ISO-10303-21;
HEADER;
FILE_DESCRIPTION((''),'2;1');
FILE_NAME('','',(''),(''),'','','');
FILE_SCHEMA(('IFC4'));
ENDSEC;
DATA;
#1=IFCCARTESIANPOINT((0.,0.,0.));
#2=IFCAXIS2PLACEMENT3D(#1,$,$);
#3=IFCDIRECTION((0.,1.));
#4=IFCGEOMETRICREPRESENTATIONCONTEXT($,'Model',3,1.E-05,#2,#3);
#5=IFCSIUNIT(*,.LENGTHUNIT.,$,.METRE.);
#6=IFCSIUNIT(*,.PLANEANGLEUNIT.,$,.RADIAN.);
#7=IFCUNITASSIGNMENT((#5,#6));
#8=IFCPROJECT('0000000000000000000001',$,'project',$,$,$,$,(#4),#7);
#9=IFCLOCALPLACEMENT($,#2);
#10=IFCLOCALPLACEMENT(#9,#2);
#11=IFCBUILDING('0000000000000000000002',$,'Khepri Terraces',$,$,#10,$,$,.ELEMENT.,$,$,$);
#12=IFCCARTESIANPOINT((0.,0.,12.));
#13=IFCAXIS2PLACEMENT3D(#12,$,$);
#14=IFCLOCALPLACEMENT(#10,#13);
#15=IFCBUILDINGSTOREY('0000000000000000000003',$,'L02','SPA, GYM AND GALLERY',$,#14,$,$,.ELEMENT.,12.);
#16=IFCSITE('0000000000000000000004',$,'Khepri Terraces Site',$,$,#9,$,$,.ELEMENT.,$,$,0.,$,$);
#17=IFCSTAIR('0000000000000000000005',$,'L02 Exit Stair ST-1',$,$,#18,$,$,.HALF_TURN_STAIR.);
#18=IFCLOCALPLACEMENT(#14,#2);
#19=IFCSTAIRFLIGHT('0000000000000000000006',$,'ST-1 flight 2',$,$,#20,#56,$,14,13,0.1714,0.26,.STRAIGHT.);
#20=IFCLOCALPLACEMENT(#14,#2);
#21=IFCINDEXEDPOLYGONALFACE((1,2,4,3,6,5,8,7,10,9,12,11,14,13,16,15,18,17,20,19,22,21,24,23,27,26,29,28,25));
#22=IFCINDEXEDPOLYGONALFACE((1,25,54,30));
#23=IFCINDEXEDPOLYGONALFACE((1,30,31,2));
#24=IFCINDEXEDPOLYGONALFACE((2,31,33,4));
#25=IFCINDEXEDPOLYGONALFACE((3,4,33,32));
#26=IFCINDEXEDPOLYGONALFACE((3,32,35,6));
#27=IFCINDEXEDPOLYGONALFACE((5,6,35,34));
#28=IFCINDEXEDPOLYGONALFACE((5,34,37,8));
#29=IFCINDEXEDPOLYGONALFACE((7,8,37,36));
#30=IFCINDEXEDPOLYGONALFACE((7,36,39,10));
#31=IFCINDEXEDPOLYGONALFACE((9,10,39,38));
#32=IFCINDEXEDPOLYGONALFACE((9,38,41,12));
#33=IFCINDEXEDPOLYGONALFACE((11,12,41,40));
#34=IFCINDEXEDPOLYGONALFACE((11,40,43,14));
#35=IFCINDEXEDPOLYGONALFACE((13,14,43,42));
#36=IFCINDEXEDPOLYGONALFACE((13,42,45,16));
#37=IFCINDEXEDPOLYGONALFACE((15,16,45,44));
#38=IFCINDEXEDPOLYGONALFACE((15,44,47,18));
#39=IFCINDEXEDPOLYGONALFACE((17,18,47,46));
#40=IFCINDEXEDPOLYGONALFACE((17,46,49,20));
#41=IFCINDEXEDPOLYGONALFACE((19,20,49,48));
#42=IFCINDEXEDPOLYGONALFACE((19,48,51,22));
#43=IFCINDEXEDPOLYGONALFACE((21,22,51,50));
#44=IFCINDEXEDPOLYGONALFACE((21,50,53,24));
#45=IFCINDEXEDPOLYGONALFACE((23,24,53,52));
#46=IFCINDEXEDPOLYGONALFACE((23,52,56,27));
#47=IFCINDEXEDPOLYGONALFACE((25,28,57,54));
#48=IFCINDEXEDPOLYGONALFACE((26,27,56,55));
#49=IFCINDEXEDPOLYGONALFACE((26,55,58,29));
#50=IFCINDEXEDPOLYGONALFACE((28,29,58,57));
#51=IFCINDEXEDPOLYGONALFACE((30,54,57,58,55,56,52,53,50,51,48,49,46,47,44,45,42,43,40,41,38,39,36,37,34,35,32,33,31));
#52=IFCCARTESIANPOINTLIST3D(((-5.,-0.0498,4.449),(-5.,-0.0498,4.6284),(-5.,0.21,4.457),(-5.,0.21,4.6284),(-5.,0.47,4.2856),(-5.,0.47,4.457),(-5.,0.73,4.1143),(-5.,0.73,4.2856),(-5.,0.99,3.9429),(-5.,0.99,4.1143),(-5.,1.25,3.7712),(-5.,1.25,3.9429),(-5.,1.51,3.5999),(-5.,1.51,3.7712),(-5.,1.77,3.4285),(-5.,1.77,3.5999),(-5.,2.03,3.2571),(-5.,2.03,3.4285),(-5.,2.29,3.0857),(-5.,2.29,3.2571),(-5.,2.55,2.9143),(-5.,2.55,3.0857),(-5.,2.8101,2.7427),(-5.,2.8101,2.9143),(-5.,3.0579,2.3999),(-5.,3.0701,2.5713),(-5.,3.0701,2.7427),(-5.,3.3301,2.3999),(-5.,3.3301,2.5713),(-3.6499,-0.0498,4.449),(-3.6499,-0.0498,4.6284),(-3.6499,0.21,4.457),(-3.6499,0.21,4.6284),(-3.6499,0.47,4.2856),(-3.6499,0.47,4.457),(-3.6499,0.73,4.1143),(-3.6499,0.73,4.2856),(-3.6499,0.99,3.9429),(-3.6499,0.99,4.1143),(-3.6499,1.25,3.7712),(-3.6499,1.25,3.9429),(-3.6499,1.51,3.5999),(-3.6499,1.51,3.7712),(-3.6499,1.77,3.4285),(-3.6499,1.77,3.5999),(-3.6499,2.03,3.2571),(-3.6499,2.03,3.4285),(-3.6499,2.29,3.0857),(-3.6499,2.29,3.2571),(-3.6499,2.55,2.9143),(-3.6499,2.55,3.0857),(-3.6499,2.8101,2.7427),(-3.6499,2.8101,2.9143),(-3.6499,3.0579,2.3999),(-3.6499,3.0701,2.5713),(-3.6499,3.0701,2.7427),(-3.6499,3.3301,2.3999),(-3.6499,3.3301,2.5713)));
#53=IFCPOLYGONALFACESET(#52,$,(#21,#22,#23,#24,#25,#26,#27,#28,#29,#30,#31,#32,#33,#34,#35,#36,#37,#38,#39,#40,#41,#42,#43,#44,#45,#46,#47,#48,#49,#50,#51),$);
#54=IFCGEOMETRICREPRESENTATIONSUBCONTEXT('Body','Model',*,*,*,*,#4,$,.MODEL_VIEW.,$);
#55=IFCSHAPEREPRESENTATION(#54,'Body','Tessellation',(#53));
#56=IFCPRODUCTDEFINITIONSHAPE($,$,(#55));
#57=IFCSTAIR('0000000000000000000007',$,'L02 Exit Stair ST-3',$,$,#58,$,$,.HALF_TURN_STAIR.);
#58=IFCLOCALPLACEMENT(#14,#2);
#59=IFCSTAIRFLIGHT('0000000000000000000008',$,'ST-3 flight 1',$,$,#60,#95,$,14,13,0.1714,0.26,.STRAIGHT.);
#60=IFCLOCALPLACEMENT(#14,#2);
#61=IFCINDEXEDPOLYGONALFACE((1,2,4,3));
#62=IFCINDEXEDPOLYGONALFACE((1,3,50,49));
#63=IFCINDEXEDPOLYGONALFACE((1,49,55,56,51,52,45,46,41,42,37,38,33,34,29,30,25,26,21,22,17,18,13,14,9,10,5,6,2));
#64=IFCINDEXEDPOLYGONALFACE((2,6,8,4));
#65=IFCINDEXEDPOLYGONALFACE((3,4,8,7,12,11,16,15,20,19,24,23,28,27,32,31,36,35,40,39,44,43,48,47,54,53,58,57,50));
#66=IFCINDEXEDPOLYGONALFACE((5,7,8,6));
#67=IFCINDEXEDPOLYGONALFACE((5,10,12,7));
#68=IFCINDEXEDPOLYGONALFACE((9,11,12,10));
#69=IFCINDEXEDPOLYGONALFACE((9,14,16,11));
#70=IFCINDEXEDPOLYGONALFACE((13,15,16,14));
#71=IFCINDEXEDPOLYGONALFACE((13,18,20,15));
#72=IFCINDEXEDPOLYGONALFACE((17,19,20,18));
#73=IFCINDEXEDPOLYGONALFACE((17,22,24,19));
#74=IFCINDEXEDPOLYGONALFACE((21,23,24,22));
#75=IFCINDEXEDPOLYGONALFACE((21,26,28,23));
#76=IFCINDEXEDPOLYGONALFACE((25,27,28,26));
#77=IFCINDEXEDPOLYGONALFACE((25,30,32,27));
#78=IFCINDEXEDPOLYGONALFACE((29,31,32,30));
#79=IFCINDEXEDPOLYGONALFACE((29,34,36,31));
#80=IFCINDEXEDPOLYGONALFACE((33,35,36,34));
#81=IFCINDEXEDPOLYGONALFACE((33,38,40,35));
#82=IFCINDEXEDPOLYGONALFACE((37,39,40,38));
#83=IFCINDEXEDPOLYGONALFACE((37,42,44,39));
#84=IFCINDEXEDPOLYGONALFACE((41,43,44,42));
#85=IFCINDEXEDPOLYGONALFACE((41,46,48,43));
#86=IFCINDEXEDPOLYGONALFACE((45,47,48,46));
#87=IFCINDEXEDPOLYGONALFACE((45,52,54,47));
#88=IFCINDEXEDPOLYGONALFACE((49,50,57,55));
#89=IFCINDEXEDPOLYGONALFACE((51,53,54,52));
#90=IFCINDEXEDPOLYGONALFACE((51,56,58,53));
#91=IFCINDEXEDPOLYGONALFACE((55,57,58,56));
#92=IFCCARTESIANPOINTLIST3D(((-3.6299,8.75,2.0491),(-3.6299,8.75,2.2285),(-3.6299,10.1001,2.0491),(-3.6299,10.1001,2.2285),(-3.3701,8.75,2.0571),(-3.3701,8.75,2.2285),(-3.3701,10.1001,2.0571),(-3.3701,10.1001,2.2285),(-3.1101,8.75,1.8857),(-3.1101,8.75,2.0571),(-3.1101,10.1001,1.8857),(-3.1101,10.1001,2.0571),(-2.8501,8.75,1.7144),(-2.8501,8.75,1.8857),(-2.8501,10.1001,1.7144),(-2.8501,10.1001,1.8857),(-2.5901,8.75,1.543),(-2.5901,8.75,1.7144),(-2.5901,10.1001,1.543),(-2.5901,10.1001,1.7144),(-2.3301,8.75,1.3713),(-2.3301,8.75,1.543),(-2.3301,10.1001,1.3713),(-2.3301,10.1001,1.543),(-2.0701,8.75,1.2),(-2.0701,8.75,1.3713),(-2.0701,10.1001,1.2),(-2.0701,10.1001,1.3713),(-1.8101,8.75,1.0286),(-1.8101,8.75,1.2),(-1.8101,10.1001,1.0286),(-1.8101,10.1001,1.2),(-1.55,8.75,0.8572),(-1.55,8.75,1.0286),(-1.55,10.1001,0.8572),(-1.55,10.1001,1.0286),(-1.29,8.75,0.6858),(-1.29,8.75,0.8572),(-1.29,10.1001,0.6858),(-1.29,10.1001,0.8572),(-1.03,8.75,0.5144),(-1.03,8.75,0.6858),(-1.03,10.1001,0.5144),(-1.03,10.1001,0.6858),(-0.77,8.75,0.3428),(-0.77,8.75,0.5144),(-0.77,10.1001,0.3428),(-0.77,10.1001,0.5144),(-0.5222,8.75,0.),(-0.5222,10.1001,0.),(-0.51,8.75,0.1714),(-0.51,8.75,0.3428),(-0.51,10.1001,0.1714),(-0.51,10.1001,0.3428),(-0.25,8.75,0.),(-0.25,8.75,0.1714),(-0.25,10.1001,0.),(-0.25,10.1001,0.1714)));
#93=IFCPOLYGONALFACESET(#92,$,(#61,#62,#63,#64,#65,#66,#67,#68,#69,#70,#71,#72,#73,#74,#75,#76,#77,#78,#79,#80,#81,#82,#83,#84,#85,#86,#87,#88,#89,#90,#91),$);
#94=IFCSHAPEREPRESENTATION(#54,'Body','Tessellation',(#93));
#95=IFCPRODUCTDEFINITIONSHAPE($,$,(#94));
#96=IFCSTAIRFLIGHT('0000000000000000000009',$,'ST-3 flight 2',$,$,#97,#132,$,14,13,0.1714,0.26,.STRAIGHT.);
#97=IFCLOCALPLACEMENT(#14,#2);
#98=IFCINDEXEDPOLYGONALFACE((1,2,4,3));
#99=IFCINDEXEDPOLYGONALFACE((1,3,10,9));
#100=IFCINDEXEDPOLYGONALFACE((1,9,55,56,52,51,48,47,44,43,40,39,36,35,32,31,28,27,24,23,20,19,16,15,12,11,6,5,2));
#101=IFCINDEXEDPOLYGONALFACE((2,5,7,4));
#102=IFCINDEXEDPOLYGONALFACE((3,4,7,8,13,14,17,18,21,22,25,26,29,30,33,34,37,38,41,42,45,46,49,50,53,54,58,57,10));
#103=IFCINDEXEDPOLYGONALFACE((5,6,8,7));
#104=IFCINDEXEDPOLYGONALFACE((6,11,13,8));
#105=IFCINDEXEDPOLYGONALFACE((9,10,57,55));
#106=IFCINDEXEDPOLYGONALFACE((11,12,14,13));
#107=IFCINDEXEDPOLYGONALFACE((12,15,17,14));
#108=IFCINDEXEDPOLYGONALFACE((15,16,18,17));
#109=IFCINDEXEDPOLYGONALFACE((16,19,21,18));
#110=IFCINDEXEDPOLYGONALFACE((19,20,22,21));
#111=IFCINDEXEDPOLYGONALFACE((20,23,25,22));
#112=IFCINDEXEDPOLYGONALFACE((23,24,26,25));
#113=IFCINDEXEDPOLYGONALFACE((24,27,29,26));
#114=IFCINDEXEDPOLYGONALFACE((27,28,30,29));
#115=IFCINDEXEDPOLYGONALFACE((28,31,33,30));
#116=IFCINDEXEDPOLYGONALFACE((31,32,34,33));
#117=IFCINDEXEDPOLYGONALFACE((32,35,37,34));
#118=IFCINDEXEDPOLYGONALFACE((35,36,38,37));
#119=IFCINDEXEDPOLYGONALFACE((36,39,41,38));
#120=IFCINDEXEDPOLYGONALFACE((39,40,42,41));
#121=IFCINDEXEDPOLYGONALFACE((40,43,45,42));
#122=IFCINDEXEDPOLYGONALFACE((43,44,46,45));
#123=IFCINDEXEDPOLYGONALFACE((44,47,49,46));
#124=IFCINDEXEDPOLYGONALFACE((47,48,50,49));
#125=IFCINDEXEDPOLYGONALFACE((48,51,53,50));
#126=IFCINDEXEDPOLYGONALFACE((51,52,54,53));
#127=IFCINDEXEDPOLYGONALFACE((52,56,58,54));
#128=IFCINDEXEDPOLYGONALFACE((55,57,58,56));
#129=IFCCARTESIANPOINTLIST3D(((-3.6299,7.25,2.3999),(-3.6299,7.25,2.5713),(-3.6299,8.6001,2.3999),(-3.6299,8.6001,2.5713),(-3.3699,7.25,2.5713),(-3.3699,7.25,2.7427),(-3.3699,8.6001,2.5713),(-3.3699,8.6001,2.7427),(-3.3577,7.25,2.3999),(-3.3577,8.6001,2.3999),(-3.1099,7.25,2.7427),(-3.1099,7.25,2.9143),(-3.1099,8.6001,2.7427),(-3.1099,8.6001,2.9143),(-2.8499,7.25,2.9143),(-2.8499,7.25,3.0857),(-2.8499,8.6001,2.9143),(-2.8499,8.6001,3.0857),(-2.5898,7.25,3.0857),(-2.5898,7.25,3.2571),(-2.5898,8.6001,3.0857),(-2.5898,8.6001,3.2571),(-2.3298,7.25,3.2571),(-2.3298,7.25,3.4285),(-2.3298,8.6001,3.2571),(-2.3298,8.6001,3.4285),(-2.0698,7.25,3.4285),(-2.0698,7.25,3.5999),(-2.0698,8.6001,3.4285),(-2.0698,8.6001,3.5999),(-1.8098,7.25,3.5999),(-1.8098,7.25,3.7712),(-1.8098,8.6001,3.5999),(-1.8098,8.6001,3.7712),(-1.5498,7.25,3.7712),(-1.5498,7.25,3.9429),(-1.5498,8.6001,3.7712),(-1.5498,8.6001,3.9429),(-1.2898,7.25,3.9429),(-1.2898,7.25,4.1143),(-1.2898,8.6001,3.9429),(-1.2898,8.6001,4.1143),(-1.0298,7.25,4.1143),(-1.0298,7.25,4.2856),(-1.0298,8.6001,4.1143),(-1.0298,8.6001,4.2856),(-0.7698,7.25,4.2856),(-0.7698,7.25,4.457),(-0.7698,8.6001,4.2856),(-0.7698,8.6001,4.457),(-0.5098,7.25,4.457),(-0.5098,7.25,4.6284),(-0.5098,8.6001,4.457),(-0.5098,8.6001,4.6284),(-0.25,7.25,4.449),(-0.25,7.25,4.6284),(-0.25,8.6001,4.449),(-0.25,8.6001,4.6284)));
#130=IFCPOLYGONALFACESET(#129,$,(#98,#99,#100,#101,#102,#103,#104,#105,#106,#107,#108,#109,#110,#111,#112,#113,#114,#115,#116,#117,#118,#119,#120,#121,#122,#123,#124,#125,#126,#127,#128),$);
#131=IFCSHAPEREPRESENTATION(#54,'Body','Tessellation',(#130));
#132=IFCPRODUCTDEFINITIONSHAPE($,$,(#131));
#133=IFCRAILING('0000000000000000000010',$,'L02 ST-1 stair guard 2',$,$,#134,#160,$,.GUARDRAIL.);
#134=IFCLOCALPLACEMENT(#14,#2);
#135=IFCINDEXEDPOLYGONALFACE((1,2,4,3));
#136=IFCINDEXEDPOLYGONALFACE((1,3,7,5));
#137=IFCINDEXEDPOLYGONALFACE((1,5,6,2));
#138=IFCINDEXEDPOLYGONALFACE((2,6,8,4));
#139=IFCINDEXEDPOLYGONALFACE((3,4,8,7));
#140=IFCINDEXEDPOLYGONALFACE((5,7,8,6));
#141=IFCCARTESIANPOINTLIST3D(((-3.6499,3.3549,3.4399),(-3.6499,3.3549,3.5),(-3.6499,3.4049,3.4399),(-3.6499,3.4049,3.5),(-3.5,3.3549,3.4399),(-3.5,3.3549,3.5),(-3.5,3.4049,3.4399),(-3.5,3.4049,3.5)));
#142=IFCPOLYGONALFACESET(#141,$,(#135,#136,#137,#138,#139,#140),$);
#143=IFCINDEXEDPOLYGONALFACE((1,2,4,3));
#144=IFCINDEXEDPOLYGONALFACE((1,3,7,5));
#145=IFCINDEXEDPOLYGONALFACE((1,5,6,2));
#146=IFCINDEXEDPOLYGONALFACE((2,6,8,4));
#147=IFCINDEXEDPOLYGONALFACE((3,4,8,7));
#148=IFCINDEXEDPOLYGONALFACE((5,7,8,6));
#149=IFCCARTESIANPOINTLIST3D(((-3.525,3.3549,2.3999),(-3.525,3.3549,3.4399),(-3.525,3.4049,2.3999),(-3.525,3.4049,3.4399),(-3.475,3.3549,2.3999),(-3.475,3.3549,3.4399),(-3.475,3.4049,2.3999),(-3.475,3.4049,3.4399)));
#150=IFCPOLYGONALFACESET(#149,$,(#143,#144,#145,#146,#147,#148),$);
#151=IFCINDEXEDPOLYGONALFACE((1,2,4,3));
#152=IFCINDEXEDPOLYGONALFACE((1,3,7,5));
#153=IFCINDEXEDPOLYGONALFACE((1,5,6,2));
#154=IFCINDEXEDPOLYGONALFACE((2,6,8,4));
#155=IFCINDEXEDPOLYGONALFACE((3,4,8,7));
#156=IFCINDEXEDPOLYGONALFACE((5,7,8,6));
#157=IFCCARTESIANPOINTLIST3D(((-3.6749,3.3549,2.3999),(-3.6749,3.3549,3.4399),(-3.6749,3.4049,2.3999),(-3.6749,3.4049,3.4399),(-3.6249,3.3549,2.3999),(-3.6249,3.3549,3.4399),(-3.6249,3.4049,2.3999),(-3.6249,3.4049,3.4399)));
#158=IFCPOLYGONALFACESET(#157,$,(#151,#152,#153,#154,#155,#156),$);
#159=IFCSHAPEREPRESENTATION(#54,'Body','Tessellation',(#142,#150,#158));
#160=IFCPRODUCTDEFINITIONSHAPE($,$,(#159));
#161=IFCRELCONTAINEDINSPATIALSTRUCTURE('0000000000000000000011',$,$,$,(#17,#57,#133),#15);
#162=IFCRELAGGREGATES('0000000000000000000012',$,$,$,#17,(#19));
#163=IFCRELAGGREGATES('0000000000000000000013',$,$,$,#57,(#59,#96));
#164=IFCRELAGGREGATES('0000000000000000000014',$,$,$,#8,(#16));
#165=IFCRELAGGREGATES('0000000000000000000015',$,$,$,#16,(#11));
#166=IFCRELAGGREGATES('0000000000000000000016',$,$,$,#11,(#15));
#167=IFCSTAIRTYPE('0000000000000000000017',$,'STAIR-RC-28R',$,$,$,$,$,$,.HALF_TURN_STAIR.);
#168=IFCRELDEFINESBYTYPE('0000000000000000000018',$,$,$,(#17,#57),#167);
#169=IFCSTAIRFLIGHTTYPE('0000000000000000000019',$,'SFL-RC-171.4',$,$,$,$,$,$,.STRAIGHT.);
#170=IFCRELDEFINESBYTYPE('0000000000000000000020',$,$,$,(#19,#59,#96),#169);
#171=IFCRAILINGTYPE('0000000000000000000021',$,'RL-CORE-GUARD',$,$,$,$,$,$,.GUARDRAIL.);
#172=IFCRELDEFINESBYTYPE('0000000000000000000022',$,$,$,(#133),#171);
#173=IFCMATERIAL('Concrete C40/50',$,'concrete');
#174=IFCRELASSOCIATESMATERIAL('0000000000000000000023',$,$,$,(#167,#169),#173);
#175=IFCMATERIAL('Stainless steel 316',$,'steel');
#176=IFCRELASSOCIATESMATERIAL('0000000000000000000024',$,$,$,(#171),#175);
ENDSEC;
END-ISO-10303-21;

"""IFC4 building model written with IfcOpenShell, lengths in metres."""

from ifc_helpers import new_model, si_unit, direction, frame, origin, origin_2d, place, context, subcontext, project, spatial, polyline, rectangle, outline, extrude, material, type_object, element, aggregate, save


model = new_model("IFC4")

# Units and contexts
model_context = context("Model", 3, precision=1e-05, world=origin(), true_north=direction((0.0, 1.0)))
body_context = subcontext(model_context, "Body", "Model", "MODEL_VIEW")
ifc_project = project(units=[si_unit("LENGTHUNIT", "METRE"), si_unit("PLANEANGLEUNIT", "RADIAN")], contexts=[model_context])

# Site, building, storey
site_placement = place(None, origin())
site = spatial("IfcSite", under=ifc_project, at=site_placement, Name="Khepri Terraces Site", CompositionType="ELEMENT", RefElevation=0.0)
building_placement = place(site_placement, origin())
building = spatial("IfcBuilding", under=site, at=building_placement, Name="Khepri Terraces", CompositionType="ELEMENT")
storey_placement = place(building_placement, frame((0.0, 0.0, 12.0)))
storey = spatial("IfcBuildingStorey", under=building, at=storey_placement, Name="L02", Description="SPA, GYM AND GALLERY", CompositionType="ELEMENT", Elevation=12.0)

# Stair, stair flight
ifc_material_1 = material(Name="Concrete C40/50", Category="concrete")
stair_type = type_object("IfcStairType", Name="STAIR-RC-28R", PredefinedType="HALF_TURN_STAIR", material=ifc_material_1)
stair_1_placement = place(storey_placement, origin())
stair_1 = element("IfcStair", 1, at=stair_1_placement, inside=storey, type_object=stair_type, Name="L02 Exit Stair ST-1", PredefinedType="HALF_TURN_STAIR")
stair_flight_type = type_object("IfcStairFlightType", Name="SFL-RC-171.4", PredefinedType="STRAIGHT", material=ifc_material_1)
stair_flight_1_placement = place(storey_placement, frame((-4.325, 3.3301, 2.3999), z_axis=(0.0, 0.0, 1.0), x_axis=(0.0, -1.0, 0.0)))
stair_flight_1 = element("IfcStairFlight", 2, at=stair_flight_1_placement, type_object=stair_flight_type, Name="ST-1 flight 2", NumberOfRisers=14, NumberOfTreads=13, PredefinedType="STRAIGHT", RiserHeight=0.1714, TreadLength=0.26, context=body_context, shape_type="SweptSolid", body=[
    extrude(outline(polyline([(0.0, 0.0), (0.0, 0.1714), (0.26, 0.1714), (0.26, 0.3428), (0.52, 0.3428), (0.52, 0.5144), (0.78, 0.5144), (0.78, 0.6858), (1.04, 0.6858), (1.04, 0.8572), (1.3, 0.8572), (1.3, 1.0286), (1.5601, 1.0286), (1.5601, 1.2), (1.8201, 1.2), (1.8201, 1.3713), (2.0801, 1.3713), (2.0801, 1.543), (2.3401, 1.543), (2.3401, 1.7144), (2.6001, 1.7144), (2.6001, 1.8857), (2.8601, 1.8857), (2.8601, 2.0571), (3.1201, 2.0571), (3.1201, 2.2285), (3.3799, 2.2285), (3.3799, 2.3999), (3.3799, 2.0491), (0.2722, 0.0), (0.0, 0.0)])), frame((0.0, 0.675, 0.0), z_axis=(0.0, -1.0, 0.0), x_axis=(1.0, 0.0, 0.0)), (0.0, 0.0, 1.0), 1.3501),
])
aggregate(stair_1, [stair_flight_1])

# Stair, stair flights
stair_2_placement = place(storey_placement, origin())
stair_2 = element("IfcStair", 3, at=stair_2_placement, inside=storey, type_object=stair_type, Name="L02 Exit Stair ST-3", PredefinedType="HALF_TURN_STAIR")
stair_flight_2_placement = place(storey_placement, frame((-0.25, 9.425, 0.0), z_axis=(0.0, 0.0, 1.0), x_axis=(-1.0, 0.0, 0.0)))
stair_flight_2 = element("IfcStairFlight", 4, at=stair_flight_2_placement, type_object=stair_flight_type, Name="ST-3 flight 1", NumberOfRisers=14, NumberOfTreads=13, PredefinedType="STRAIGHT", RiserHeight=0.1714, TreadLength=0.26, context=body_context, shape_type="SweptSolid", body=[
    extrude(outline(polyline([(0.0, 0.0), (0.0, 0.1714), (0.26, 0.1714), (0.26, 0.3428), (0.52, 0.3428), (0.52, 0.5144), (0.78, 0.5144), (0.78, 0.6858), (1.04, 0.6858), (1.04, 0.8572), (1.3, 0.8572), (1.3, 1.0286), (1.5601, 1.0286), (1.5601, 1.2), (1.8201, 1.2), (1.8201, 1.3713), (2.0801, 1.3713), (2.0801, 1.543), (2.3401, 1.543), (2.3401, 1.7144), (2.6001, 1.7144), (2.6001, 1.8857), (2.8601, 1.8857), (2.8601, 2.0571), (3.1201, 2.0571), (3.1201, 2.2285), (3.3799, 2.2285), (3.3799, 2.3999), (3.3799, 2.0491), (0.2722, 0.0), (0.0, 0.0)])), frame((0.0, 0.675, 0.0), z_axis=(0.0, -1.0, 0.0), x_axis=(1.0, 0.0, 0.0)), (0.0, 0.0, 1.0), 1.3501),
])
stair_flight_3_placement = place(storey_placement, frame((-3.6299, 7.925, 2.3999), z_axis=(0.0, 0.0, 1.0), x_axis=(1.0, 0.0, 0.0)))
stair_flight_3 = element("IfcStairFlight", 5, at=stair_flight_3_placement, type_object=stair_flight_type, Name="ST-3 flight 2", NumberOfRisers=14, NumberOfTreads=13, PredefinedType="STRAIGHT", RiserHeight=0.1714, TreadLength=0.26, context=body_context, shape_type="SweptSolid", body=[
    extrude(outline(polyline([(0.0, 0.0), (0.0, 0.1714), (0.26, 0.1714), (0.26, 0.3428), (0.52, 0.3428), (0.52, 0.5144), (0.78, 0.5144), (0.78, 0.6858), (1.04, 0.6858), (1.04, 0.8572), (1.3, 0.8572), (1.3, 1.0286), (1.5601, 1.0286), (1.5601, 1.2), (1.8201, 1.2), (1.8201, 1.3713), (2.0801, 1.3713), (2.0801, 1.543), (2.3401, 1.543), (2.3401, 1.7144), (2.6001, 1.7144), (2.6001, 1.8857), (2.8601, 1.8857), (2.8601, 2.0571), (3.1201, 2.0571), (3.1201, 2.2285), (3.3799, 2.2285), (3.3799, 2.3999), (3.3799, 2.0491), (0.2722, 0.0), (0.0, 0.0)])), frame((0.0, 0.675, 0.0), z_axis=(0.0, -1.0, 0.0), x_axis=(1.0, 0.0, 0.0)), (0.0, 0.0, 1.0), 1.3501),
])
aggregate(stair_2, [stair_flight_2, stair_flight_3])

# Railing
ifc_material_2 = material(Name="Stainless steel 316", Category="steel")
railing_type_1 = type_object("IfcRailingType", Name="RL-CORE-GUARD", PredefinedType="GUARDRAIL", material=ifc_material_2)
railing_1_placement = place(storey_placement, frame((-3.5, 3.3799, 2.3999)))
element("IfcRailing", 6, at=railing_1_placement, inside=storey, type_object=railing_type_1, Name="L02 ST-1 stair guard 2", PredefinedType="GUARDRAIL", context=body_context, shape_type="SweptSolid", body=[
    extrude(rectangle(XDim=0.05, YDim=0.0601, at=origin_2d()), frame((0.0, 0.0, 1.0701), z_axis=(-1.0, 0.0, 0.0), x_axis=(0.0, -1.0, 0.0)), (0.0, 0.0, 1.0), 0.1499),
    extrude(rectangle(XDim=0.05, YDim=0.05, at=origin_2d()), origin(), (0.0, 0.0, 1.0), 1.04),
    extrude(rectangle(XDim=0.05, YDim=0.05, at=origin_2d()), frame((-0.1499, 0.0, 0.0)), (0.0, 0.0, 1.0), 1.04),
])

save(model, "model.ifc")
